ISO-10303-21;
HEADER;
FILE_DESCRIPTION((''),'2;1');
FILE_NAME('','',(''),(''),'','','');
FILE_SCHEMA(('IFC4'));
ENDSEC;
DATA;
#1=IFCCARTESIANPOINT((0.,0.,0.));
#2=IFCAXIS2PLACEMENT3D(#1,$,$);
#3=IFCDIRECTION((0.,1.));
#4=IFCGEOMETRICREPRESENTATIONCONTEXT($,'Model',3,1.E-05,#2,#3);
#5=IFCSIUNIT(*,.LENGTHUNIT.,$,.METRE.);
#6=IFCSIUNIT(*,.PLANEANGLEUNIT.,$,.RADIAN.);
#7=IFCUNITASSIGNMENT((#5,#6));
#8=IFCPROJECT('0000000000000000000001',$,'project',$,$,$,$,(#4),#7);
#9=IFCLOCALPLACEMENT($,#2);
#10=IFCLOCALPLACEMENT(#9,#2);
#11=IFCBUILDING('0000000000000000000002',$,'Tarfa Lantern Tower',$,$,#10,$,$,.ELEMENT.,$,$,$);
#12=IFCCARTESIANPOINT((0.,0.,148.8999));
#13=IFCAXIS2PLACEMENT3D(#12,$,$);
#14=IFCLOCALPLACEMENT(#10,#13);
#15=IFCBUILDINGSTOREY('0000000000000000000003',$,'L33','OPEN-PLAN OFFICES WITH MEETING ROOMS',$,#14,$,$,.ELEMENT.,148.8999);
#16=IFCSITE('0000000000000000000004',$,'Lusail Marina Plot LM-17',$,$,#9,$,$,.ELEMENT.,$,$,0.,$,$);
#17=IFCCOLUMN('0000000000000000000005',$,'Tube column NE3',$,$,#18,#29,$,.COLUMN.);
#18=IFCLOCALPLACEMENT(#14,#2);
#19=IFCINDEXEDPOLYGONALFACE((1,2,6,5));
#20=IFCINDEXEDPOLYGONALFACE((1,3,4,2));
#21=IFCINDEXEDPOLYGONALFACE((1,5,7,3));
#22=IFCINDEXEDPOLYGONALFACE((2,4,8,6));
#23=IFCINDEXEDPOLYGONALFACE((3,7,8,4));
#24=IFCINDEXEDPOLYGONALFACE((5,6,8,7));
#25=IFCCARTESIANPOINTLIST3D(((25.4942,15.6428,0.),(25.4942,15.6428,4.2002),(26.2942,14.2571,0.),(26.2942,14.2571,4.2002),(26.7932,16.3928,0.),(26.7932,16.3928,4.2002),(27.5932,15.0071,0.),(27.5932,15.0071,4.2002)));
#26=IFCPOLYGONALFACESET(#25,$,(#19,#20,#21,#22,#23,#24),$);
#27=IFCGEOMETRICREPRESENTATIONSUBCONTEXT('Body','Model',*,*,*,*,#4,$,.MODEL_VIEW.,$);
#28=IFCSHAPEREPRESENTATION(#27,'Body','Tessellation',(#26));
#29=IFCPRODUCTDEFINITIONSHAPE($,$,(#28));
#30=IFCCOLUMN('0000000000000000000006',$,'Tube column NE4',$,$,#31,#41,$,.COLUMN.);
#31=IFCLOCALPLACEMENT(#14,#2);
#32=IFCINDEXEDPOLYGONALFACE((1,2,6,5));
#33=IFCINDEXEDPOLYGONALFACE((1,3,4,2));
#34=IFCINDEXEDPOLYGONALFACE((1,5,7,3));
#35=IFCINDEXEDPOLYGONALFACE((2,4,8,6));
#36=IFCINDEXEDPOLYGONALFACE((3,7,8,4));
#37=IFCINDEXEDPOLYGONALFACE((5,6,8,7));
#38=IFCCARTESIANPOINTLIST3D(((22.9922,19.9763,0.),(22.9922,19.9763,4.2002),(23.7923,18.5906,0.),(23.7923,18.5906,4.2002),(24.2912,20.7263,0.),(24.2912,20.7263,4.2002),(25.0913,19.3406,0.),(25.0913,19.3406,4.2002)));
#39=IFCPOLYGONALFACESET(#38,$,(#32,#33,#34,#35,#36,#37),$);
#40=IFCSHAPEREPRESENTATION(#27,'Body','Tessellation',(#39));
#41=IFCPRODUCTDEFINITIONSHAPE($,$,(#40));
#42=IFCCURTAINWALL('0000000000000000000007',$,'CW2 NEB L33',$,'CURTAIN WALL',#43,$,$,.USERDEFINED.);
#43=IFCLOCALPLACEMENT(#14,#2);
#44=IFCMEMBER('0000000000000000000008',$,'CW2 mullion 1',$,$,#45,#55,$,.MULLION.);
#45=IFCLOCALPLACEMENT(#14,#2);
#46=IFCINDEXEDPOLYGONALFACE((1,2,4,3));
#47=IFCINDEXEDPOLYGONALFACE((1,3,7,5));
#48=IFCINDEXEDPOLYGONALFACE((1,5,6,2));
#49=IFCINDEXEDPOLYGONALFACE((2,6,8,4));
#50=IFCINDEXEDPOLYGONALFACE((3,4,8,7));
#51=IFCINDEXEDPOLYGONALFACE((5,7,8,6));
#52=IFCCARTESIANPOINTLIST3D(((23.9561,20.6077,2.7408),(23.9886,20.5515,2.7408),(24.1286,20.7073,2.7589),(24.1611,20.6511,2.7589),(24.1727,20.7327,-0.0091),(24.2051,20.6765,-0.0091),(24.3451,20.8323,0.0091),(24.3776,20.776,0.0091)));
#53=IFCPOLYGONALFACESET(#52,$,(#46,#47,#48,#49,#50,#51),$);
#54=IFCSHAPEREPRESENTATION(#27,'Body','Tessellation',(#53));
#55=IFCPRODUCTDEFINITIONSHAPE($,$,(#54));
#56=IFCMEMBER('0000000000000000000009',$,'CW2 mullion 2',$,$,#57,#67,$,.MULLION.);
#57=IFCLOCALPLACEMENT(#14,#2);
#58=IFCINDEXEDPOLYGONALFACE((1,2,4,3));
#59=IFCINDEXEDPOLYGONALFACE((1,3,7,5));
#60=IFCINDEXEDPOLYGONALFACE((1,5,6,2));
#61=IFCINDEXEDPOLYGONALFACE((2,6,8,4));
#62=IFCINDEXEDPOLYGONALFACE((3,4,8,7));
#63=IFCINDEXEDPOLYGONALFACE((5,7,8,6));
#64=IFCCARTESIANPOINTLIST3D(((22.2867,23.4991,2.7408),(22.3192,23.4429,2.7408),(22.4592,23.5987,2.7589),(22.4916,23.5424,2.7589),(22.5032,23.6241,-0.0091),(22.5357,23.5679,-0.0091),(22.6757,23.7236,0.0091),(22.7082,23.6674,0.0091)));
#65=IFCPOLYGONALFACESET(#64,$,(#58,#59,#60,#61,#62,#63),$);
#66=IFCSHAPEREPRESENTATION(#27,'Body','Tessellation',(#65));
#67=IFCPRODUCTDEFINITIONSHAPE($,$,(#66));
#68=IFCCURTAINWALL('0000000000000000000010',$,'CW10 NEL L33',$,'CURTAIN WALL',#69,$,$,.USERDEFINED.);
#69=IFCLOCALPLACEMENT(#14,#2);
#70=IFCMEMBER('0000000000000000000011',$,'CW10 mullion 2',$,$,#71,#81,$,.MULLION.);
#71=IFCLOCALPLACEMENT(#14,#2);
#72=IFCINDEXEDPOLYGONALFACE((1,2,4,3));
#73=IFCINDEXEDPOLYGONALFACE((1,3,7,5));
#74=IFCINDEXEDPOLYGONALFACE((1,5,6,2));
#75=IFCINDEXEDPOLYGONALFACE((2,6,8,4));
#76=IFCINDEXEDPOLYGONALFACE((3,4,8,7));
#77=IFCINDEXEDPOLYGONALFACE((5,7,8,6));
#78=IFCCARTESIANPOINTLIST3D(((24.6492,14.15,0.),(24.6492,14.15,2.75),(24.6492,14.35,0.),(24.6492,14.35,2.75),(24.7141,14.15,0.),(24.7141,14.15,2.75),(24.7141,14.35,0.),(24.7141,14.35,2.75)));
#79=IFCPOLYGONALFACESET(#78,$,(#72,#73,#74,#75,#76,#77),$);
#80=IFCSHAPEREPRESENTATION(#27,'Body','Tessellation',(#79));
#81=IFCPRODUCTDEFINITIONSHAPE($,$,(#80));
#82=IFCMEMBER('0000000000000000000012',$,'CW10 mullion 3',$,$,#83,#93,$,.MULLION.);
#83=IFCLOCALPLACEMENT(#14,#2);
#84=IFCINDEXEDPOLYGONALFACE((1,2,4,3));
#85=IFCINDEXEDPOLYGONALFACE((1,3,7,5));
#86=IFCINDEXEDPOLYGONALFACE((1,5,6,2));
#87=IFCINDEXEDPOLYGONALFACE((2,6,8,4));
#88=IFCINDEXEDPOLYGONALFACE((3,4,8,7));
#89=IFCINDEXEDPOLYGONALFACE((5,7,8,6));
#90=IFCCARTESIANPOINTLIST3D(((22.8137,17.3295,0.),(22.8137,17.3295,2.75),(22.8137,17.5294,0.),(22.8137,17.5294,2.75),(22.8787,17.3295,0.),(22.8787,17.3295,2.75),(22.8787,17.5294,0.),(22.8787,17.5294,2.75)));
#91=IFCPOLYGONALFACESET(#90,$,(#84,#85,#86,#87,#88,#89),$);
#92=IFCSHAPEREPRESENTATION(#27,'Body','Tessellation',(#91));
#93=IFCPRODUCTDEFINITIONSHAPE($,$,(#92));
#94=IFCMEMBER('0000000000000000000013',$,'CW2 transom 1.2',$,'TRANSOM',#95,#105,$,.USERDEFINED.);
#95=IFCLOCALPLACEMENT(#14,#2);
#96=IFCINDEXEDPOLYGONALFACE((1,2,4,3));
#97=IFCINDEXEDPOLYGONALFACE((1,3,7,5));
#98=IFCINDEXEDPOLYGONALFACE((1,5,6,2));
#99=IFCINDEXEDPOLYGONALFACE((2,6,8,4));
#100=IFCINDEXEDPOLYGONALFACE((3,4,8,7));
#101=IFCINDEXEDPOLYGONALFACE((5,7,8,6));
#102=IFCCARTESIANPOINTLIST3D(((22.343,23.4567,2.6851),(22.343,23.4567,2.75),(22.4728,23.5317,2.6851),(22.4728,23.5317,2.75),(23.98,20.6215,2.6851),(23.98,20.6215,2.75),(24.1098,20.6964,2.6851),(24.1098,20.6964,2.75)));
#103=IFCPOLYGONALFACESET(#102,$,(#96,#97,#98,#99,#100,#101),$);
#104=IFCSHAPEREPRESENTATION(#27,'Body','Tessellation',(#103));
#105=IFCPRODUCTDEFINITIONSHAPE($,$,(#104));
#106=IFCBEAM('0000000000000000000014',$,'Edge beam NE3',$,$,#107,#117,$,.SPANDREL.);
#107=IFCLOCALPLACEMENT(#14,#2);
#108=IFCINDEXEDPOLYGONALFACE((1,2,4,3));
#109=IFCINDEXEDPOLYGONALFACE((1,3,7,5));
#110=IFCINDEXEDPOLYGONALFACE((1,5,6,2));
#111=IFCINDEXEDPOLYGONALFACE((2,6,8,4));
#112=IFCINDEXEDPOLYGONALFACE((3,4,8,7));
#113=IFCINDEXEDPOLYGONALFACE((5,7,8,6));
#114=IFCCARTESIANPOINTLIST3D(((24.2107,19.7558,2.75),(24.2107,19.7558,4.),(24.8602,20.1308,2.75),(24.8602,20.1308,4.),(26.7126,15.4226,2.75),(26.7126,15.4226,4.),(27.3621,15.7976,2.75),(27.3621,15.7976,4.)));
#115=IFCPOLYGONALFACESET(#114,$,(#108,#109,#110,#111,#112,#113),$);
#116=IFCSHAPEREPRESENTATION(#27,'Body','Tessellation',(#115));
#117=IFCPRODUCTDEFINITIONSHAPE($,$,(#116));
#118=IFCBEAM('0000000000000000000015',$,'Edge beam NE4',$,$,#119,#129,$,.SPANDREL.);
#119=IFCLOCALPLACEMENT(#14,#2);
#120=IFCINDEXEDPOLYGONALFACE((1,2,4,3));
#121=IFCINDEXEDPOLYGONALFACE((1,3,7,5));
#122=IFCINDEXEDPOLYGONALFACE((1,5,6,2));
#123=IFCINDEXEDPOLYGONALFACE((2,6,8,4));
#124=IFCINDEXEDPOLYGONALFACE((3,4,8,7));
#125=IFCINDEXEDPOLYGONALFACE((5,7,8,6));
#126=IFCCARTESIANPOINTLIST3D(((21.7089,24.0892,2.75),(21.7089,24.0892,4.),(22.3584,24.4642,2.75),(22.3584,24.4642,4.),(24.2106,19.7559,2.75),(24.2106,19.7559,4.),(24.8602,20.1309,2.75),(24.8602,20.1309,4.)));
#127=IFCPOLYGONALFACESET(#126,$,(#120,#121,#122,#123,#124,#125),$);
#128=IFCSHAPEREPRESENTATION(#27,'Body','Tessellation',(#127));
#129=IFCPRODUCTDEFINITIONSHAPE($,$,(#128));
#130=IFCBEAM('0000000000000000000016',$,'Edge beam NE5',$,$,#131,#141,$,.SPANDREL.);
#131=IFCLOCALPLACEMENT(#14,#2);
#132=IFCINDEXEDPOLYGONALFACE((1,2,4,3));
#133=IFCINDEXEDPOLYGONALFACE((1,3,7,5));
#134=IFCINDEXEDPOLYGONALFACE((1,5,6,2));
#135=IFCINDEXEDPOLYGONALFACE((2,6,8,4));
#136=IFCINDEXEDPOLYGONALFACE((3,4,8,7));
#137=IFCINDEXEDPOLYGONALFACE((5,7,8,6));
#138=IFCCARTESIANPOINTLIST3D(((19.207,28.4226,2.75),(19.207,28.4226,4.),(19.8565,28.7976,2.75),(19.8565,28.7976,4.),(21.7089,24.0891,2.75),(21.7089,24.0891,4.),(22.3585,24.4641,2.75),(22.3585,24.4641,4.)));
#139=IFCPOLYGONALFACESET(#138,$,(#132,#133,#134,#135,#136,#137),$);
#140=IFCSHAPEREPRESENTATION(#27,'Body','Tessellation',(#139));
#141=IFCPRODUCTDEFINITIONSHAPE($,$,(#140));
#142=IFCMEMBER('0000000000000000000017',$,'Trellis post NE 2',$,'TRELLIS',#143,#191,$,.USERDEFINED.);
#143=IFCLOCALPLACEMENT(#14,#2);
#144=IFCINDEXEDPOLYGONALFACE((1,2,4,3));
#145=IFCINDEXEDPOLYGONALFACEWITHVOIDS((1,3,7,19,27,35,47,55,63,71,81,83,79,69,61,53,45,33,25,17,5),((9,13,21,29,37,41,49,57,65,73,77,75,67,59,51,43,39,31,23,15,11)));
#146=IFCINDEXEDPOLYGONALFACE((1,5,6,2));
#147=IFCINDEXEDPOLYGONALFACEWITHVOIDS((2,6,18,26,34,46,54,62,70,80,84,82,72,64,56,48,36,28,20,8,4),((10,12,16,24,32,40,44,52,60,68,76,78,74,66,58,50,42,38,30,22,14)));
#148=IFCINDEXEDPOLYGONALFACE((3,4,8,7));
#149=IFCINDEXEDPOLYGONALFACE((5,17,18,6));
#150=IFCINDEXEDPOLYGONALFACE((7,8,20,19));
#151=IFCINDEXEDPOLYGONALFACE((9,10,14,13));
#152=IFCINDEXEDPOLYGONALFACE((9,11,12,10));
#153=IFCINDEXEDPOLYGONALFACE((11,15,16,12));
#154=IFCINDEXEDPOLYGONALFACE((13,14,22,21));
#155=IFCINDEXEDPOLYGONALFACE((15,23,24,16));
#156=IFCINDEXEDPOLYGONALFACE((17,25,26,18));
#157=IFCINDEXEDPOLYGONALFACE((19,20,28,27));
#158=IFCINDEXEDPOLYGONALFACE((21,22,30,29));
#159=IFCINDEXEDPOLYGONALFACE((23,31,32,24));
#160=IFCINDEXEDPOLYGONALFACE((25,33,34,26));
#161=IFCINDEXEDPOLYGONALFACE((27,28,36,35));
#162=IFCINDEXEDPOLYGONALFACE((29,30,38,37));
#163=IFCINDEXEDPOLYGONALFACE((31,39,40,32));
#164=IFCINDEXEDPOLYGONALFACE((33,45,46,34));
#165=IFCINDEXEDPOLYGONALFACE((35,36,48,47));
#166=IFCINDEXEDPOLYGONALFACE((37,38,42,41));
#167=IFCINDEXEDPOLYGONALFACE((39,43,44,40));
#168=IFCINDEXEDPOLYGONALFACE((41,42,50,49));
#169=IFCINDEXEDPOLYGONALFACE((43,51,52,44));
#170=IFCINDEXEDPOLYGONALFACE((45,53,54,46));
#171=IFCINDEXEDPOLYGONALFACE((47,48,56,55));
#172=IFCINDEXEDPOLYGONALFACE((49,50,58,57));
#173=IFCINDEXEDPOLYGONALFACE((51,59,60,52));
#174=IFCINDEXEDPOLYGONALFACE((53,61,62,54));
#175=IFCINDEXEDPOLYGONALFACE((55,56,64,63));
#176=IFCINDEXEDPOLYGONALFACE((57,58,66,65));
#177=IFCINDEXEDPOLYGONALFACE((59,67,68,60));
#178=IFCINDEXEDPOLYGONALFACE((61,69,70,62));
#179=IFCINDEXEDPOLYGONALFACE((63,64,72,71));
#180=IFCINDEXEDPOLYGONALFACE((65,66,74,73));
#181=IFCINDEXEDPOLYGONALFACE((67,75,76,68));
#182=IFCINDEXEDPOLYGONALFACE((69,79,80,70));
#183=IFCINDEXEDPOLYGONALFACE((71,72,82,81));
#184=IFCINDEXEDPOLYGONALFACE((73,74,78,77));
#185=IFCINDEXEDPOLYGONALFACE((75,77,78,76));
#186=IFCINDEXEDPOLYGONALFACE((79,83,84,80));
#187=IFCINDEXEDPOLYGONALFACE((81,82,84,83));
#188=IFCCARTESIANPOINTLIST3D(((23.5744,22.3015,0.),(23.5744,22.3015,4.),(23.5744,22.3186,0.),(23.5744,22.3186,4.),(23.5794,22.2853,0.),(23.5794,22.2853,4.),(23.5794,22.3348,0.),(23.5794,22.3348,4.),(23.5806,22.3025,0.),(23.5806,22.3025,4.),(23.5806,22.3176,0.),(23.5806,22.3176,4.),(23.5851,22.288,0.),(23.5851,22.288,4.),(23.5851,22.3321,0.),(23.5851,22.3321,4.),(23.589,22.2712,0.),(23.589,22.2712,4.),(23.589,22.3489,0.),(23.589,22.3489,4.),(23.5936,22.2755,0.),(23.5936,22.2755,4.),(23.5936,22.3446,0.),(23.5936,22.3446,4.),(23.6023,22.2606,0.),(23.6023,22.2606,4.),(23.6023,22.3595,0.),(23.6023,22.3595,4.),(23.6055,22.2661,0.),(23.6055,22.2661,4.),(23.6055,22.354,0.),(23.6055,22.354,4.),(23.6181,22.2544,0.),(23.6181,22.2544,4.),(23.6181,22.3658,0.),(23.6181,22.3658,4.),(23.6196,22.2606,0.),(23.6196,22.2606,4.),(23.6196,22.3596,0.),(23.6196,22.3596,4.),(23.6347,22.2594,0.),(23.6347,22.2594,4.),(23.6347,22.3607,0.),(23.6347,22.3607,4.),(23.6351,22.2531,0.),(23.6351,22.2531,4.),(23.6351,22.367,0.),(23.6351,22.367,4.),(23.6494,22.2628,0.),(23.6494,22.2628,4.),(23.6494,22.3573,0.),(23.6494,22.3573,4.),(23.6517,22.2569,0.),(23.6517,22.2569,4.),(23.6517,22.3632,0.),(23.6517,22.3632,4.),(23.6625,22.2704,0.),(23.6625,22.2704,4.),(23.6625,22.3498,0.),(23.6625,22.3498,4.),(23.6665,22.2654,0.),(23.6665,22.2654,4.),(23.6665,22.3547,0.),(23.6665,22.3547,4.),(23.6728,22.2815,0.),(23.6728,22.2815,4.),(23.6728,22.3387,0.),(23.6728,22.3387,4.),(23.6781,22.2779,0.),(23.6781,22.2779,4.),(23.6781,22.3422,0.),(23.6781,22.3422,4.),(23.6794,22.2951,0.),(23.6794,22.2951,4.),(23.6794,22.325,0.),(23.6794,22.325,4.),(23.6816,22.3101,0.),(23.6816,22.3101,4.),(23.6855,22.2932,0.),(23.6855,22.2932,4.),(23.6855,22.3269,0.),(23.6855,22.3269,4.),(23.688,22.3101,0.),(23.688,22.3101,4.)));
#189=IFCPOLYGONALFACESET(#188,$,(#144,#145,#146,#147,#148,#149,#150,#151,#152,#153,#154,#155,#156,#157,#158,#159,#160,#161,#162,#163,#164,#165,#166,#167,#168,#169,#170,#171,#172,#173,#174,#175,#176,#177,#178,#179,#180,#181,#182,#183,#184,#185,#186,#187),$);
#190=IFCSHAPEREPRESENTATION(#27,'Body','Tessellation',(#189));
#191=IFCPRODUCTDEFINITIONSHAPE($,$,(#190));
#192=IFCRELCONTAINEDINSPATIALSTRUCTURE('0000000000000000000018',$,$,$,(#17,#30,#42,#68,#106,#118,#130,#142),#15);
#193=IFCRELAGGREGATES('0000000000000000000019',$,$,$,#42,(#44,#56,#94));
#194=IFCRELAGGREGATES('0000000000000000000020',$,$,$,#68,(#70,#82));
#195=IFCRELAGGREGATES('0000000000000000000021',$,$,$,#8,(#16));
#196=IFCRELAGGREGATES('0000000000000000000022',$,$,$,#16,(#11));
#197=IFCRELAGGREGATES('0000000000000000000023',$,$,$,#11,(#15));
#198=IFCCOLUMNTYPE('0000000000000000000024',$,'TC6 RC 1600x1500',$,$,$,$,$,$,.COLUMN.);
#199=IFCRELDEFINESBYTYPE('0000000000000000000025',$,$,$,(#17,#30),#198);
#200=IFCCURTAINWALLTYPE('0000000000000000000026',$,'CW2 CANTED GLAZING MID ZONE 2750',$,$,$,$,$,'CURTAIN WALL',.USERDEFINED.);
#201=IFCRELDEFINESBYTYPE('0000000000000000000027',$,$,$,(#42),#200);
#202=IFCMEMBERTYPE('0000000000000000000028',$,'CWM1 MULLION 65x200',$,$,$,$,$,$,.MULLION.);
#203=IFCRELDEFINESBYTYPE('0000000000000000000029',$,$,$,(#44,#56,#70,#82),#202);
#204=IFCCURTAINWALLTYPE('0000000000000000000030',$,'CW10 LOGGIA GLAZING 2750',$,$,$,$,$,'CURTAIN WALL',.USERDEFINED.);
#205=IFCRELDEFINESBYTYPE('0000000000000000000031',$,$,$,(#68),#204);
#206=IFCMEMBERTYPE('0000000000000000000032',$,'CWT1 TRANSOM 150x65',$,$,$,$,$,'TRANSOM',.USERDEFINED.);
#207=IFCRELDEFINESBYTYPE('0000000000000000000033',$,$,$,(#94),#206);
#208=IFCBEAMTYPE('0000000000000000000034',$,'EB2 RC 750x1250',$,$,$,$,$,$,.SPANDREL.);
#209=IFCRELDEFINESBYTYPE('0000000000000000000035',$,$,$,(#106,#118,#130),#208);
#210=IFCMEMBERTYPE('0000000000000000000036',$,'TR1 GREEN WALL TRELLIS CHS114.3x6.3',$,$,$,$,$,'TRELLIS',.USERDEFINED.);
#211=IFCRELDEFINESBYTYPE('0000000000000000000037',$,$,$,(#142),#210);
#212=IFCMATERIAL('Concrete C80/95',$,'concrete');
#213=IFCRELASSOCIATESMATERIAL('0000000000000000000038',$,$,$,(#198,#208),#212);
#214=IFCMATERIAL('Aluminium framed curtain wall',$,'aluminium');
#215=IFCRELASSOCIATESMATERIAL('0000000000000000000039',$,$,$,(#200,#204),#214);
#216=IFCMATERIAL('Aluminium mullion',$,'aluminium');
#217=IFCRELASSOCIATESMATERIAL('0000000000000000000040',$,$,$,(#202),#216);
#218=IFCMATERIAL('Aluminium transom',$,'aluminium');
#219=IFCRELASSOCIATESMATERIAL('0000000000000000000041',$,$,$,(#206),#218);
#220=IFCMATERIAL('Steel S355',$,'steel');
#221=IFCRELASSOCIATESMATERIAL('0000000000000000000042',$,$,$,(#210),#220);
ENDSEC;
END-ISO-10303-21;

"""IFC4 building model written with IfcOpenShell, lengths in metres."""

from ifc_helpers import new_model, si_unit, direction, frame, origin, origin_2d, place, context, subcontext, project, spatial, rectangle, hollow_circle, extrude, material, material_profile, profile_set, type_object, element, aggregate, save


model = new_model("IFC4")

# Units and contexts
model_context = context("Model", 3, precision=1e-05, world=origin(), true_north=direction((0.0, 1.0)))
body_context = subcontext(model_context, "Body", "Model", "MODEL_VIEW")
ifc_project = project(units=[si_unit("LENGTHUNIT", "METRE"), si_unit("PLANEANGLEUNIT", "RADIAN")], contexts=[model_context])

# Site, building, storey
site_placement = place(None, origin())
site = spatial("IfcSite", under=ifc_project, at=site_placement, Name="Lusail Marina Plot LM-17", CompositionType="ELEMENT", RefElevation=0.0)
building_placement = place(site_placement, origin())
building = spatial("IfcBuilding", under=site, at=building_placement, Name="Tarfa Lantern Tower", CompositionType="ELEMENT")
storey_placement = place(building_placement, frame((0.0, 0.0, 148.8999)))
storey = spatial("IfcBuildingStorey", under=building, at=storey_placement, Name="L33", Description="OPEN-PLAN OFFICES WITH MEETING ROOMS", CompositionType="ELEMENT", Elevation=148.8999)

# Columns
ifc_material_1 = material(Name="Concrete C80/95", Category="concrete")
ifc_material_profile_1 = material_profile(ifc_material_1, rectangle(XDim=1.6001, YDim=1.5, at=origin_2d()), Name="RC 1600x1500")
ifc_profile_set_1 = profile_set([ifc_material_profile_1], Name="Concrete C80/95")
column_type = type_object("IfcColumnType", Name="TC6 RC 1600x1500", PredefinedType="COLUMN", material=ifc_profile_set_1)
for number, where, z_axis, x_axis, name in (
    (1, (26.5437, 15.325, 0.0), (0.0, 0.0, 1.0), (-0.5, 0.866025, 0.0), "Tube column NE3"),
    (2, (24.0417, 19.6584, 0.0), (0.0, 0.0, 1.0), (-0.5, 0.866025, 0.0), "Tube column NE4"),
):
    element("IfcColumn", number, at=place(storey_placement, frame(where, z_axis=z_axis, x_axis=x_axis)), inside=storey, type_object=column_type, Name=name, PredefinedType="COLUMN", context=body_context, shape_type="SweptSolid", body=[
        extrude(rectangle(XDim=1.6001, YDim=1.5, at=origin_2d()), origin(), (0.0, 0.0, 1.0), 4.2002),
    ])

# Curtain walls, members
ifc_material_2 = material(Name="Aluminium framed curtain wall", Category="aluminium")
curtain_wall_type_1 = type_object("IfcCurtainWallType", Name="CW2 CANTED GLAZING MID ZONE 2750", ElementType="CURTAIN WALL", PredefinedType="USERDEFINED", material=ifc_material_2)
curtain_wall_1_placement = place(storey_placement, origin())
curtain_wall_1 = element("IfcCurtainWall", 3, at=curtain_wall_1_placement, inside=storey, type_object=curtain_wall_type_1, Name="CW2 NEB L33", ObjectType="CURTAIN WALL", PredefinedType="USERDEFINED")
ifc_material_3 = material(Name="Aluminium mullion", Category="aluminium")
ifc_material_profile_2 = material_profile(ifc_material_3, rectangle(XDim=0.0649, YDim=0.2, at=origin_2d()), Name="AL MULLION 65x200")
ifc_profile_set_2 = profile_set([ifc_material_profile_2], Name="Aluminium mullion")
member_type_1 = type_object("IfcMemberType", Name="CWM1 MULLION 65x200", PredefinedType="MULLION", material=ifc_profile_set_2)
member_1_placement = place(storey_placement, frame((24.2751, 20.7544, 0.0), z_axis=(-0.078423, -0.045268, 0.995892), x_axis=(0.49992, -0.866072, 0.0)))
member_1 = element("IfcMember", 4, at=member_1_placement, type_object=member_type_1, Name="CW2 mullion 1", PredefinedType="MULLION", context=body_context, shape_type="SweptSolid", body=[
    extrude(rectangle(XDim=0.0649, YDim=0.2, at=origin_2d()), origin(), (0.0, 0.0, 1.0), 2.7612),
])
member_2_placement = place(storey_placement, frame((22.6057, 23.6458, 0.0), z_axis=(-0.078423, -0.045268, 0.995892), x_axis=(0.49992, -0.866072, 0.0)))
member_2 = element("IfcMember", 5, at=member_2_placement, type_object=member_type_1, Name="CW2 mullion 2", PredefinedType="MULLION", context=body_context, shape_type="SweptSolid", body=[
    extrude(rectangle(XDim=0.0649, YDim=0.2, at=origin_2d()), origin(), (0.0, 0.0, 1.0), 2.7612),
])
curtain_wall_type_2 = type_object("IfcCurtainWallType", Name="CW10 LOGGIA GLAZING 2750", ElementType="CURTAIN WALL", PredefinedType="USERDEFINED", material=ifc_material_2)
curtain_wall_2_placement = place(storey_placement, origin())
curtain_wall_2 = element("IfcCurtainWall", 6, at=curtain_wall_2_placement, inside=storey, type_object=curtain_wall_type_2, Name="CW10 NEL L33", ObjectType="CURTAIN WALL", PredefinedType="USERDEFINED")
member_3_placement = place(storey_placement, frame((24.6816, 14.25, 0.0), z_axis=(0.0, 0.0, 1.0), x_axis=(1.0, 0.0, 0.0)))
member_3 = element("IfcMember", 7, at=member_3_placement, type_object=member_type_1, Name="CW10 mullion 2", PredefinedType="MULLION", context=body_context, shape_type="SweptSolid", body=[
    extrude(rectangle(XDim=0.0649, YDim=0.2, at=origin_2d()), origin(), (0.0, 0.0, 1.0), 2.75),
])
member_4_placement = place(storey_placement, frame((22.8462, 17.4294, 0.0), z_axis=(0.0, 0.0, 1.0), x_axis=(1.0, 0.0, 0.0)))
member_4 = element("IfcMember", 8, at=member_4_placement, type_object=member_type_1, Name="CW10 mullion 3", PredefinedType="MULLION", context=body_context, shape_type="SweptSolid", body=[
    extrude(rectangle(XDim=0.0649, YDim=0.2, at=origin_2d()), origin(), (0.0, 0.0, 1.0), 2.75),
])

# Member
ifc_material_4 = material(Name="Aluminium transom", Category="aluminium")
ifc_material_profile_3 = material_profile(ifc_material_4, rectangle(XDim=0.1499, YDim=0.0649, at=origin_2d()), Name="AL TRANSOM 150x65")
ifc_profile_set_3 = profile_set([ifc_material_profile_3], Name="Aluminium transom")
member_type_2 = type_object("IfcMemberType", Name="CWT1 TRANSOM 150x65", ElementType="TRANSOM", PredefinedType="USERDEFINED", material=ifc_profile_set_3)
member_5_placement = place(storey_placement, frame((24.0449, 20.6589, 2.7175), z_axis=(-0.500013, 0.866018, 0.0), x_axis=(-0.866018, -0.500013, 0.0)))
member_5 = element("IfcMember", 9, at=member_5_placement, type_object=member_type_2, Name="CW2 transom 1.2", ObjectType="TRANSOM", PredefinedType="USERDEFINED", context=body_context, shape_type="SweptSolid", body=[
    extrude(rectangle(XDim=0.1499, YDim=0.0649, at=origin_2d()), origin(), (0.0, 0.0, 1.0), 3.2739),
])

# Beams
ifc_material_profile_4 = material_profile(ifc_material_1, rectangle(XDim=0.75, YDim=1.25, at=origin_2d()), Name="RC 750x1250")
ifc_profile_set_4 = profile_set([ifc_material_profile_4], Name="Concrete C80/95")
beam_type_1 = type_object("IfcBeamType", Name="EB2 RC 750x1250", PredefinedType="SPANDREL", material=ifc_profile_set_4)
for number, where, z_axis, x_axis, name in (
    (10, (27.0374, 15.6101, 3.375), (-0.500022, 0.866013, 0.0), (-0.866013, -0.500022, 0.0), "Edge beam NE3"),
    (11, (24.5354, 19.9434, 3.375), (-0.499986, 0.866034, 0.0), (-0.866034, -0.499986, 0.0), "Edge beam NE4"),
):
    element("IfcBeam", number, at=place(storey_placement, frame(where, z_axis=z_axis, x_axis=x_axis)), inside=storey, type_object=beam_type_1, Name=name, PredefinedType="SPANDREL", context=body_context, shape_type="SweptSolid", body=[
        extrude(rectangle(XDim=0.75, YDim=1.25, at=origin_2d()), origin(), (0.0, 0.0, 1.0), 5.0037),
    ])
beam_1_placement = place(storey_placement, frame((22.0337, 24.2766, 3.375), z_axis=(-0.500001, 0.866025, 0.0), x_axis=(-0.866025, -0.500001, 0.0)))
element("IfcBeam", 12, at=beam_1_placement, inside=storey, type_object=beam_type_1, Name="Edge beam NE5", PredefinedType="SPANDREL", context=body_context, shape_type="SweptSolid", body=[
    extrude(rectangle(XDim=0.75, YDim=1.25, at=origin_2d()), origin(), (0.0, 0.0, 1.0), 5.0039),
])

# Member
ifc_material_5 = material(Name="Steel S355", Category="steel")
ifc_material_profile_5 = material_profile(ifc_material_5, hollow_circle(Radius=0.0571, WallThickness=0.0063, at=origin_2d()), Name="CHS114.3x6.3")
ifc_profile_set_5 = profile_set([ifc_material_profile_5], Name="Steel S355")
member_type_3 = type_object("IfcMemberType", Name="TR1 GREEN WALL TRELLIS CHS114.3x6.3", ElementType="TRELLIS", PredefinedType="USERDEFINED", material=ifc_profile_set_5)
member_6_placement = place(storey_placement, frame((23.6309, 22.3101, 0.0), z_axis=(0.0, 0.0, 1.0), x_axis=(1.0, 0.0, 0.0)))
element("IfcMember", 13, at=member_6_placement, inside=storey, type_object=member_type_3, Name="Trellis post NE 2", ObjectType="TRELLIS", PredefinedType="USERDEFINED", context=body_context, shape_type="SweptSolid", body=[
    extrude(hollow_circle(Radius=0.0571, WallThickness=0.0063, at=origin_2d()), origin(), (0.0, 0.0, 1.0), 4.0),
])

aggregate(curtain_wall_1, [member_1, member_2, member_5])
aggregate(curtain_wall_2, [member_3, member_4])

save(model, "model.ifc")
